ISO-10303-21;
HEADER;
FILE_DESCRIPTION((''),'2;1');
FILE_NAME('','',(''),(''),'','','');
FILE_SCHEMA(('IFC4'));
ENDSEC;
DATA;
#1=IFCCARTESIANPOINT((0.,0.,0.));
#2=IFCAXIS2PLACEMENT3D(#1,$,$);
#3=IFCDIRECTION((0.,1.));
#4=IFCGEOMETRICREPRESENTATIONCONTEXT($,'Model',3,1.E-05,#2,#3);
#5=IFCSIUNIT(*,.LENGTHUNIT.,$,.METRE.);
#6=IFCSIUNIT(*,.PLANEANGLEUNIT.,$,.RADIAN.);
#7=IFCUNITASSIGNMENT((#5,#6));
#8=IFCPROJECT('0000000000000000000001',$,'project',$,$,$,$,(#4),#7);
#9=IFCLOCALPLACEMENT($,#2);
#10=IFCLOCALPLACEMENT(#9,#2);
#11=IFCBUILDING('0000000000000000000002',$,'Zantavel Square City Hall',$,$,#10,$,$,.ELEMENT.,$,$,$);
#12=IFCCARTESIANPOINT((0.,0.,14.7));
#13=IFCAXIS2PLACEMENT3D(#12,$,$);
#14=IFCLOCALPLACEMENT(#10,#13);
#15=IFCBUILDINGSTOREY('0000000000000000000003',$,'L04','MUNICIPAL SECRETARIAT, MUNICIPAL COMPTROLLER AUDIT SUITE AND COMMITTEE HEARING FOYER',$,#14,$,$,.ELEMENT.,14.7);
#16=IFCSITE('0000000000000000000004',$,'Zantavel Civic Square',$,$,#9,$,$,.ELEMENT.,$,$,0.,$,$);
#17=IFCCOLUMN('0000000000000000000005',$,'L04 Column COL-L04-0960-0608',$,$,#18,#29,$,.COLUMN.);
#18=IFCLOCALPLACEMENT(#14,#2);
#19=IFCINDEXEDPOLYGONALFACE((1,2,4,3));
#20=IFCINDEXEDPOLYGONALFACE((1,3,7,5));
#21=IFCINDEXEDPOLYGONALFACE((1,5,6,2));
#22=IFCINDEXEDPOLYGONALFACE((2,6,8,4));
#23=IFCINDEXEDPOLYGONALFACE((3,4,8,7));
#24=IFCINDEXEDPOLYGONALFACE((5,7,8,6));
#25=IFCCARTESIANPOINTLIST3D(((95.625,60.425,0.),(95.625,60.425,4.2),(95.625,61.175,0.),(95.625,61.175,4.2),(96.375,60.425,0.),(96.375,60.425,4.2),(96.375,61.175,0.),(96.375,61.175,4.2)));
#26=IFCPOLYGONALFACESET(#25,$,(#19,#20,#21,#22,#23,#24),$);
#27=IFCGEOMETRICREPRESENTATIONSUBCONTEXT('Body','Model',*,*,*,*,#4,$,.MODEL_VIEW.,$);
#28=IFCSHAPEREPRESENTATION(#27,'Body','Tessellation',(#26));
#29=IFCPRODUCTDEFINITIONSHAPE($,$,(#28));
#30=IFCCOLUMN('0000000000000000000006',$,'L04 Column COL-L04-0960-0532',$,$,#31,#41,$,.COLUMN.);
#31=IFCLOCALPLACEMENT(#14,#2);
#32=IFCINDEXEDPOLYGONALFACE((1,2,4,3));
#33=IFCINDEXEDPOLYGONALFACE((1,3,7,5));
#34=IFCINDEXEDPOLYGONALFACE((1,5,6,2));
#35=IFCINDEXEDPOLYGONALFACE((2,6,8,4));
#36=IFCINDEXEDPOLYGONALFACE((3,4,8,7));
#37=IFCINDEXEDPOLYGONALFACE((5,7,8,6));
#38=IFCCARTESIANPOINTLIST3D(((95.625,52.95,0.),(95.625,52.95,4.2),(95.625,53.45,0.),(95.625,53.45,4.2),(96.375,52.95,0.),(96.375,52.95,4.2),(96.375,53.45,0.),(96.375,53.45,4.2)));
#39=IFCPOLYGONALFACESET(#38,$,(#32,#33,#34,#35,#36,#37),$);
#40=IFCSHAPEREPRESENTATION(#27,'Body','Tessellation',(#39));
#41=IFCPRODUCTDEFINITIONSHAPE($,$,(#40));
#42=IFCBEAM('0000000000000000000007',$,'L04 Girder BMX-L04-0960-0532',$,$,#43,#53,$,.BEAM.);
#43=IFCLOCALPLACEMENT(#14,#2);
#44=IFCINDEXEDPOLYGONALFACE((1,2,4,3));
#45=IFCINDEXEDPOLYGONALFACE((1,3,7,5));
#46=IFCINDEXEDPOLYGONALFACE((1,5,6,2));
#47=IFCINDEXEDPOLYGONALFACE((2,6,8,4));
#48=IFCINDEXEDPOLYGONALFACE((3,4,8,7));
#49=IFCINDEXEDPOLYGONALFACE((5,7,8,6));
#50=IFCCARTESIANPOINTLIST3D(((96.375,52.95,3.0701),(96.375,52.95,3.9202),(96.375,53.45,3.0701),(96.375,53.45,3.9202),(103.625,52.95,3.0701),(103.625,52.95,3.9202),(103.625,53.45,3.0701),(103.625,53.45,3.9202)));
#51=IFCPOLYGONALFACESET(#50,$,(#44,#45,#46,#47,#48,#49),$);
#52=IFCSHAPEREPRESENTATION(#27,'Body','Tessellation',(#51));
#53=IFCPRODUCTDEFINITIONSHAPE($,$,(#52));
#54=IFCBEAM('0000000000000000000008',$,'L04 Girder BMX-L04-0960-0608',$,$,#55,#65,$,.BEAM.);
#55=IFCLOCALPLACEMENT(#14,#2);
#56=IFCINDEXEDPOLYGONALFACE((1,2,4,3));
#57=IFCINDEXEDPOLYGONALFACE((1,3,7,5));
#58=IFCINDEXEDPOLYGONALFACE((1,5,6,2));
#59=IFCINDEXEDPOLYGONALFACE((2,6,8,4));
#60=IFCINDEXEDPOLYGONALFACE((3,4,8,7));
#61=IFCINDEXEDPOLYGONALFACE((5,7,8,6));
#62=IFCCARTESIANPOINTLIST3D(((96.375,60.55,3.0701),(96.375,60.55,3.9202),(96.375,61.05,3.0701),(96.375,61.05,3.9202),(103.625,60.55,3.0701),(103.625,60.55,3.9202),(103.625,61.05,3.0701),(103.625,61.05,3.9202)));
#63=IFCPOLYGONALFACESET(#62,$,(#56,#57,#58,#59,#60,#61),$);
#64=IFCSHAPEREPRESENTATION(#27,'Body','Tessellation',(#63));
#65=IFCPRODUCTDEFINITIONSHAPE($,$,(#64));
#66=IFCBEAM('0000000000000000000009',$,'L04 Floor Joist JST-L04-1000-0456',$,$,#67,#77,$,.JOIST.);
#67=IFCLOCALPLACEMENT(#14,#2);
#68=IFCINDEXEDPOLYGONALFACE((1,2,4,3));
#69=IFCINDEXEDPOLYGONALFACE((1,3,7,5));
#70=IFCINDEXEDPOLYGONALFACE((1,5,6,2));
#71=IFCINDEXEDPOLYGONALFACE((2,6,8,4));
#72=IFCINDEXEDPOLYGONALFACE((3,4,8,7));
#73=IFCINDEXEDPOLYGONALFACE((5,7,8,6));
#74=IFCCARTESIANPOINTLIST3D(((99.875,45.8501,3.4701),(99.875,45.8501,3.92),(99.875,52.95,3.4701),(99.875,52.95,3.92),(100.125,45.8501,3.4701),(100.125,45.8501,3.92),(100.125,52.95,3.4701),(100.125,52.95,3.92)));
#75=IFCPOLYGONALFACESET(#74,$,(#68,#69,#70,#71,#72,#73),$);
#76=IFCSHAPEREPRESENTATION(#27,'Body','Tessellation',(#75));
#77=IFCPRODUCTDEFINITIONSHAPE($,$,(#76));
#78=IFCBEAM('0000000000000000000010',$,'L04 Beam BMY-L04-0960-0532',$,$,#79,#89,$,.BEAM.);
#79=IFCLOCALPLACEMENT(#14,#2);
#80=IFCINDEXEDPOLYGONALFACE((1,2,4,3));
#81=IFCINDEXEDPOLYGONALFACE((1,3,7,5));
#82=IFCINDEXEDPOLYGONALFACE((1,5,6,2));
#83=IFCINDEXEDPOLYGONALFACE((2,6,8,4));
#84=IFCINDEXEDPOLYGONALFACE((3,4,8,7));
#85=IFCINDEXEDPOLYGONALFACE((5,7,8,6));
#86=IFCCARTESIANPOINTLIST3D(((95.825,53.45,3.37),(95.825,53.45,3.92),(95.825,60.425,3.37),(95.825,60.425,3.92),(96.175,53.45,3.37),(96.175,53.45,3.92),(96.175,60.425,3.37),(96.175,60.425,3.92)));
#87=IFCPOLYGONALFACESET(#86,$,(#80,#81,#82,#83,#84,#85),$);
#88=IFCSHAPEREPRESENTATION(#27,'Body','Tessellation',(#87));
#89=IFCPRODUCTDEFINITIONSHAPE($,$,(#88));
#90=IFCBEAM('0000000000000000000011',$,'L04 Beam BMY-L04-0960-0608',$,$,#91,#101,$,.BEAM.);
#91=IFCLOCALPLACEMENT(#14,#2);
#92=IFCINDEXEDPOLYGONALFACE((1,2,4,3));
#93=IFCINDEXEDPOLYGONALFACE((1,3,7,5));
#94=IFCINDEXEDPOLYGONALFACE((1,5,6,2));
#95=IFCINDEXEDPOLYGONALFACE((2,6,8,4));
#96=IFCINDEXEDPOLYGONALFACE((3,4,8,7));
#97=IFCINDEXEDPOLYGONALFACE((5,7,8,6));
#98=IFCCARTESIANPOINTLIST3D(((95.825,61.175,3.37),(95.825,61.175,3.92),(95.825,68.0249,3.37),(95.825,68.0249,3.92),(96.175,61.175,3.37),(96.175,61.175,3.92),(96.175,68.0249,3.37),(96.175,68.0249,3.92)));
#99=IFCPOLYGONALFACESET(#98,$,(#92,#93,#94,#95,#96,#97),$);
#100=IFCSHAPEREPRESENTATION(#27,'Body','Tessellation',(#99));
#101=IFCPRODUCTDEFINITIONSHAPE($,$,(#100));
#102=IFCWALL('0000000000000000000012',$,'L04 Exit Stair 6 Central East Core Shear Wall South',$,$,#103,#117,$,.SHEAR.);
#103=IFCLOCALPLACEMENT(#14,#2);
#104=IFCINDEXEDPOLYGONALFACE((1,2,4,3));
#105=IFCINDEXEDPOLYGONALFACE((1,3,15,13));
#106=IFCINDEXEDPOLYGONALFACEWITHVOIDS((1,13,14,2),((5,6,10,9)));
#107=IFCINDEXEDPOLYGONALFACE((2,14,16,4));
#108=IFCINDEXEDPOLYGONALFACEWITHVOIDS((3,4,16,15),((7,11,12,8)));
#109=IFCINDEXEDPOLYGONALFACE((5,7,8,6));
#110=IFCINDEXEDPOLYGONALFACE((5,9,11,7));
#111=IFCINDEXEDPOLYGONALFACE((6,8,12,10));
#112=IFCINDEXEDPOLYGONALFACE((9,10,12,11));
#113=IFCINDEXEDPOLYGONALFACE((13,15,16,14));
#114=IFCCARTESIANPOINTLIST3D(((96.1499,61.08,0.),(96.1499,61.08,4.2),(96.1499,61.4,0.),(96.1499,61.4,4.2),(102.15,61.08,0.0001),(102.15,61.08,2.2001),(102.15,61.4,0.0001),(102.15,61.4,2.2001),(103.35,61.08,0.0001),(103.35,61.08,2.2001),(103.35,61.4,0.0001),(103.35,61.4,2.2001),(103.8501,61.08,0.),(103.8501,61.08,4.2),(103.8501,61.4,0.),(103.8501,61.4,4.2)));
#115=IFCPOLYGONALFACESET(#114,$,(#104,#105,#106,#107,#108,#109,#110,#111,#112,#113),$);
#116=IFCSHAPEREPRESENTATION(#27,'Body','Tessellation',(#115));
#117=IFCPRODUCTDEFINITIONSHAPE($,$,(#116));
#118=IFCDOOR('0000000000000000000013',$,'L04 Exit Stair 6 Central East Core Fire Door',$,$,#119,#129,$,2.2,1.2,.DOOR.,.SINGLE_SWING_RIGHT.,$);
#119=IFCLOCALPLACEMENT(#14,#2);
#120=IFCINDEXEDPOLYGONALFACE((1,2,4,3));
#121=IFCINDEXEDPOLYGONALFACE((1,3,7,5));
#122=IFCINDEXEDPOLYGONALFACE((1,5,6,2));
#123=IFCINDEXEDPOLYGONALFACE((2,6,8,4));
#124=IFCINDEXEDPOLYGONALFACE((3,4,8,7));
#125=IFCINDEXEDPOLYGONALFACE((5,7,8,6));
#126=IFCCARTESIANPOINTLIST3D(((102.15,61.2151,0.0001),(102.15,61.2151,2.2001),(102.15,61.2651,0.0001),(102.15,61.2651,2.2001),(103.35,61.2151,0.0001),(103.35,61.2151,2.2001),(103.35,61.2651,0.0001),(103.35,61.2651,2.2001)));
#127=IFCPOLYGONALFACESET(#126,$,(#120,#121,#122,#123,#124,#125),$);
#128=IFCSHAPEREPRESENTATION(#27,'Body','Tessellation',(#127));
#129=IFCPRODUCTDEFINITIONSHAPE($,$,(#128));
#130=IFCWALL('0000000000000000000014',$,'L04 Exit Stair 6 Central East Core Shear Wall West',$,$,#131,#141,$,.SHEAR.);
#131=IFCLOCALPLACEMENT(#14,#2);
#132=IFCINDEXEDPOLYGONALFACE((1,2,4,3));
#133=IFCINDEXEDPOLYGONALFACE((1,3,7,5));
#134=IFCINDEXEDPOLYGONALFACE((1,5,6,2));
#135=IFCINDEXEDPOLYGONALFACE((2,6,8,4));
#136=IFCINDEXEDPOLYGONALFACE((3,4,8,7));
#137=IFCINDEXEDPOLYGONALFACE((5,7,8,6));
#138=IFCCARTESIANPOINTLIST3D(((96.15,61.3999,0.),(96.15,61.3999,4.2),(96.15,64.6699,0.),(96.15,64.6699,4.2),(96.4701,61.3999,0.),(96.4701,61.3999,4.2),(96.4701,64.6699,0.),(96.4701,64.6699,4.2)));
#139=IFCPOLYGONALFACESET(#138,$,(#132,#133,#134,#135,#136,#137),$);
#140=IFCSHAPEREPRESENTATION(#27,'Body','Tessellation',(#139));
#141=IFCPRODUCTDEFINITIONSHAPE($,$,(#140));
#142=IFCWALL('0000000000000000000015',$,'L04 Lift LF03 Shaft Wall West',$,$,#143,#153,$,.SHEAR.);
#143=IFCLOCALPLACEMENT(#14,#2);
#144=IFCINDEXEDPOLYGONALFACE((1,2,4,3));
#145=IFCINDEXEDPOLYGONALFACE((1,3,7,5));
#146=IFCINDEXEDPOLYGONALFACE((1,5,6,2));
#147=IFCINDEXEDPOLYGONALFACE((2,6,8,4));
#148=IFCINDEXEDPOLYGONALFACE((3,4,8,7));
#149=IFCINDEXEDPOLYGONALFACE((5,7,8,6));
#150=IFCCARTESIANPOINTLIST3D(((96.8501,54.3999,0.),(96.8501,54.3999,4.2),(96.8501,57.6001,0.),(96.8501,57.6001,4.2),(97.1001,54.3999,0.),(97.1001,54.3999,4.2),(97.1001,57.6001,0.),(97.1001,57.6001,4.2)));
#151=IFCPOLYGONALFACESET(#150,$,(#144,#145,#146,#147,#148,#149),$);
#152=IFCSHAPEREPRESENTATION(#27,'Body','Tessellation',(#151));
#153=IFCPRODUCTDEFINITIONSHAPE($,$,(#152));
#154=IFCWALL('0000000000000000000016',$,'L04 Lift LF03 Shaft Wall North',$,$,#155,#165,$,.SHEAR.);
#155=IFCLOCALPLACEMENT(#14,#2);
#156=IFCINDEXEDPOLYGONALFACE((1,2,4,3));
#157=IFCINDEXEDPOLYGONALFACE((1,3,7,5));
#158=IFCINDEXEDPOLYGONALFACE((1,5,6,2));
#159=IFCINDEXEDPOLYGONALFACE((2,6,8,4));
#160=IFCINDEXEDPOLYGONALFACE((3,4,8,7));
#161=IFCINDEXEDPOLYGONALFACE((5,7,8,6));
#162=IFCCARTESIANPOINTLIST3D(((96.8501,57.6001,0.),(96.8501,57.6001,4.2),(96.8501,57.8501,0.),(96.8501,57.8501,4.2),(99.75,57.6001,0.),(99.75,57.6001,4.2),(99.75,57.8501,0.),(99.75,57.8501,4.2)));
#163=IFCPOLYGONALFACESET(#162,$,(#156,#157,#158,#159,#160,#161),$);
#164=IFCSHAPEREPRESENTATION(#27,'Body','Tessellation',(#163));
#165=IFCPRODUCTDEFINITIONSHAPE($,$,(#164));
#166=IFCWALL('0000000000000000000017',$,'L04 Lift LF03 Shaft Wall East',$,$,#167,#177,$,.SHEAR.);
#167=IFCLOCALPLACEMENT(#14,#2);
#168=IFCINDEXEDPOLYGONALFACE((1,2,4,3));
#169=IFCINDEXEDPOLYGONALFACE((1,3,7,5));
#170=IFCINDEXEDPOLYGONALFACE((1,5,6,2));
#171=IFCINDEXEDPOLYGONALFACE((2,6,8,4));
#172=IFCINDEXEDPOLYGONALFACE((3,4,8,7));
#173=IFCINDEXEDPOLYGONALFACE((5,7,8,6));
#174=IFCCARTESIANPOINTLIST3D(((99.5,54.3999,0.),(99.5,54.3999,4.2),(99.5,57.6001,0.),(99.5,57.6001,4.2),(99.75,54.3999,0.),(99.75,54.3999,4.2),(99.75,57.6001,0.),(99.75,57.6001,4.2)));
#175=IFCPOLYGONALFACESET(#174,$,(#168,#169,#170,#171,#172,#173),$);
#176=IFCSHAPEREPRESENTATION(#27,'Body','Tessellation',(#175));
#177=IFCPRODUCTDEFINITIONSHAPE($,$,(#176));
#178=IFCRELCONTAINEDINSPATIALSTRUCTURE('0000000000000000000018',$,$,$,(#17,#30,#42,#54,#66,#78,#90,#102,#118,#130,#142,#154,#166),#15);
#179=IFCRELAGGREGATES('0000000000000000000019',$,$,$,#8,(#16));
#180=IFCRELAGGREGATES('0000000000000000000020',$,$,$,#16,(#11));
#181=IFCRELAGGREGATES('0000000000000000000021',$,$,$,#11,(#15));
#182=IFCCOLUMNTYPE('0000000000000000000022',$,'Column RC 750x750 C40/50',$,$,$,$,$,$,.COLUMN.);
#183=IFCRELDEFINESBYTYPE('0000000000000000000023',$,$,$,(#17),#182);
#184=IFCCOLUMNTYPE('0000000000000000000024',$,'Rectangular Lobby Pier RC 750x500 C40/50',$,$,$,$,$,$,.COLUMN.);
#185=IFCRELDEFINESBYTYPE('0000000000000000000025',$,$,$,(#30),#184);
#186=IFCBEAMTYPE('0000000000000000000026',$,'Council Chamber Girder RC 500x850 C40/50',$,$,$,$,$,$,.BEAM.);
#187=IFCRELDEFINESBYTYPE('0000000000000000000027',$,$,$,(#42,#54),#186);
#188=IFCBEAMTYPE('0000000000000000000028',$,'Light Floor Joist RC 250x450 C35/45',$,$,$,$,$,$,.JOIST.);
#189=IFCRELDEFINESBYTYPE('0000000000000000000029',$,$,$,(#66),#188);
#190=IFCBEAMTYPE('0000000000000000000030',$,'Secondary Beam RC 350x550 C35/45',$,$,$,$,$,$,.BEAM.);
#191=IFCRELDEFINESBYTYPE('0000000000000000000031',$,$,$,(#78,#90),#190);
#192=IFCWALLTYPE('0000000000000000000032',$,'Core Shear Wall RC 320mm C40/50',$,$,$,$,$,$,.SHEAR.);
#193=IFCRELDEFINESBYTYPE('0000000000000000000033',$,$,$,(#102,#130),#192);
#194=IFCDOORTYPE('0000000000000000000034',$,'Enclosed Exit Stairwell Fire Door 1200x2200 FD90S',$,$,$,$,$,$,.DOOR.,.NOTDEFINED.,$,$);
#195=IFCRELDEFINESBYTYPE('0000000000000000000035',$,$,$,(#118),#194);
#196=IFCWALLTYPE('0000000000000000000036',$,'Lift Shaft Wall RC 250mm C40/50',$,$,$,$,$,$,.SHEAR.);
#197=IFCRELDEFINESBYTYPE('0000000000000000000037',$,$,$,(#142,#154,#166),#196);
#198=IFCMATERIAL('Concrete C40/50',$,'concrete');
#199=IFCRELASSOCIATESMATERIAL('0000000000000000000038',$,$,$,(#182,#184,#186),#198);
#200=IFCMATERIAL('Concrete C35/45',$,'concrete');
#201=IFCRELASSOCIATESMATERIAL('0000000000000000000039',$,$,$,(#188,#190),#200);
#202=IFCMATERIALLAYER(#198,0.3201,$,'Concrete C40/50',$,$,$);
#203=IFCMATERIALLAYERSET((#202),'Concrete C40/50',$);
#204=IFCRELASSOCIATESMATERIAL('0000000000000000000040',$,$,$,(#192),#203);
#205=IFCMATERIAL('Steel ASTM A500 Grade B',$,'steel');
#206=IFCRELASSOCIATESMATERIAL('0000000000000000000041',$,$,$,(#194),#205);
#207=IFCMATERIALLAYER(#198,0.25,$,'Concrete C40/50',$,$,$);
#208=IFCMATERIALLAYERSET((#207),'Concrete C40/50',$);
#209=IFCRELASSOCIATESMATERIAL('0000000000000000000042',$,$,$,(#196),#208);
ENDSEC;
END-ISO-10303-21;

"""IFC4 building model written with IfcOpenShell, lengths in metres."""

from ifc_helpers import new_model, si_unit, direction, frame, frame_2d, origin, origin_2d, place, context, subcontext, project, spatial, rectangle, extrude, material, layer, layer_set, material_profile, profile_set, type_object, element, fill, save


model = new_model("IFC4")

# Units and contexts
model_context = context("Model", 3, precision=1e-05, world=origin(), true_north=direction((0.0, 1.0)))
body_context = subcontext(model_context, "Body", "Model", "MODEL_VIEW")
ifc_project = project(units=[si_unit("LENGTHUNIT", "METRE"), si_unit("PLANEANGLEUNIT", "RADIAN")], contexts=[model_context])

# Site, building, storey
site_placement = place(None, origin())
site = spatial("IfcSite", under=ifc_project, at=site_placement, Name="Zantavel Civic Square", CompositionType="ELEMENT", RefElevation=0.0)
building_placement = place(site_placement, origin())
building = spatial("IfcBuilding", under=site, at=building_placement, Name="Zantavel Square City Hall", CompositionType="ELEMENT")
storey_placement = place(building_placement, frame((0.0, 0.0, 14.7)))
storey = spatial("IfcBuildingStorey", under=building, at=storey_placement, Name="L04", Description="MUNICIPAL SECRETARIAT, MUNICIPAL COMPTROLLER AUDIT SUITE AND COMMITTEE HEARING FOYER", CompositionType="ELEMENT", Elevation=14.7)

# Columns
ifc_material_1 = material(Name="Concrete C40/50", Category="concrete")
ifc_material_profile_1 = material_profile(ifc_material_1, rectangle(XDim=0.75, YDim=0.75, at=origin_2d()), Name="RC 750x750")
ifc_profile_set_1 = profile_set([ifc_material_profile_1], Name="Concrete C40/50")
column_type_1 = type_object("IfcColumnType", Name="Column RC 750x750 C40/50", PredefinedType="COLUMN", material=ifc_profile_set_1)
column_1_placement = place(storey_placement, frame((96.0, 60.8, 0.0), z_axis=(0.0, 0.0, 1.0), x_axis=(1.0, 0.0, 0.0)))
element("IfcColumn", 1, at=column_1_placement, inside=storey, type_object=column_type_1, Name="L04 Column COL-L04-0960-0608", PredefinedType="COLUMN", context=body_context, shape_type="SweptSolid", body=[
    extrude(rectangle(XDim=0.75, YDim=0.75, at=origin_2d()), origin(), (0.0, 0.0, 1.0), 4.2),
])
ifc_material_profile_2 = material_profile(ifc_material_1, rectangle(XDim=0.75, YDim=0.5, at=origin_2d()), Name="RC 750x500")
ifc_profile_set_2 = profile_set([ifc_material_profile_2], Name="Concrete C40/50")
column_type_2 = type_object("IfcColumnType", Name="Rectangular Lobby Pier RC 750x500 C40/50", PredefinedType="COLUMN", material=ifc_profile_set_2)
column_2_placement = place(storey_placement, frame((96.0, 53.2, 0.0), z_axis=(0.0, 0.0, 1.0), x_axis=(1.0, 0.0, 0.0)))
element("IfcColumn", 2, at=column_2_placement, inside=storey, type_object=column_type_2, Name="L04 Column COL-L04-0960-0532", PredefinedType="COLUMN", context=body_context, shape_type="SweptSolid", body=[
    extrude(rectangle(XDim=0.75, YDim=0.5, at=origin_2d()), origin(), (0.0, 0.0, 1.0), 4.2),
])

# Beams
ifc_material_profile_3 = material_profile(ifc_material_1, rectangle(XDim=0.5, YDim=0.8501, at=origin_2d()), Name="RC 500x850")
ifc_profile_set_3 = profile_set([ifc_material_profile_3], Name="Concrete C40/50")
beam_type_1 = type_object("IfcBeamType", Name="Council Chamber Girder RC 500x850 C40/50", PredefinedType="BEAM", material=ifc_profile_set_3)
for number, where, z_axis, x_axis, name in (
    (3, (96.375, 53.2, 3.4951), (1.0, 0.0, 0.0), (0.0, 1.0, 0.0), "L04 Girder BMX-L04-0960-0532"),
    (4, (96.375, 60.8, 3.4951), (1.0, 0.0, 0.0), (0.0, 1.0, 0.0), "L04 Girder BMX-L04-0960-0608"),
):
    element("IfcBeam", number, at=place(storey_placement, frame(where, z_axis=z_axis, x_axis=x_axis)), inside=storey, type_object=beam_type_1, Name=name, PredefinedType="BEAM", context=body_context, shape_type="SweptSolid", body=[
        extrude(rectangle(XDim=0.5, YDim=0.8501, at=origin_2d()), origin(), (0.0, 0.0, 1.0), 7.25),
    ])
ifc_material_2 = material(Name="Concrete C35/45", Category="concrete")
ifc_material_profile_4 = material_profile(ifc_material_2, rectangle(XDim=0.25, YDim=0.45, at=origin_2d()), Name="RC 250x450")
ifc_profile_set_4 = profile_set([ifc_material_profile_4], Name="Concrete C35/45")
beam_type_2 = type_object("IfcBeamType", Name="Light Floor Joist RC 250x450 C35/45", PredefinedType="JOIST", material=ifc_profile_set_4)
beam_1_placement = place(storey_placement, frame((100.0, 45.8501, 3.6951), z_axis=(0.0, 1.0, 0.0), x_axis=(-1.0, 0.0, 0.0)))
element("IfcBeam", 5, at=beam_1_placement, inside=storey, type_object=beam_type_2, Name="L04 Floor Joist JST-L04-1000-0456", PredefinedType="JOIST", context=body_context, shape_type="SweptSolid", body=[
    extrude(rectangle(XDim=0.25, YDim=0.45, at=origin_2d()), origin(), (0.0, 0.0, 1.0), 7.0999),
])
ifc_material_profile_5 = material_profile(ifc_material_2, rectangle(XDim=0.3501, YDim=0.55, at=origin_2d()), Name="RC 350x550")
ifc_profile_set_5 = profile_set([ifc_material_profile_5], Name="Concrete C35/45")
beam_type_3 = type_object("IfcBeamType", Name="Secondary Beam RC 350x550 C35/45", PredefinedType="BEAM", material=ifc_profile_set_5)
beam_2_placement = place(storey_placement, frame((96.0, 53.45, 3.645), z_axis=(0.0, 1.0, 0.0), x_axis=(-1.0, 0.0, 0.0)))
element("IfcBeam", 6, at=beam_2_placement, inside=storey, type_object=beam_type_3, Name="L04 Beam BMY-L04-0960-0532", PredefinedType="BEAM", context=body_context, shape_type="SweptSolid", body=[
    extrude(rectangle(XDim=0.3501, YDim=0.55, at=origin_2d()), origin(), (0.0, 0.0, 1.0), 6.9751),
])
beam_3_placement = place(storey_placement, frame((96.0, 61.175, 3.645), z_axis=(0.0, 1.0, 0.0), x_axis=(-1.0, 0.0, 0.0)))
element("IfcBeam", 7, at=beam_3_placement, inside=storey, type_object=beam_type_3, Name="L04 Beam BMY-L04-0960-0608", PredefinedType="BEAM", context=body_context, shape_type="SweptSolid", body=[
    extrude(rectangle(XDim=0.3501, YDim=0.55, at=origin_2d()), origin(), (0.0, 0.0, 1.0), 6.8499),
])

# Wall, opening, door
ifc_layer_1 = layer(ifc_material_1, 0.3201, Name="Concrete C40/50")
ifc_layer_set_1 = layer_set([ifc_layer_1], Name="Concrete C40/50")
wall_type_1 = type_object("IfcWallType", Name="Core Shear Wall RC 320mm C40/50", PredefinedType="SHEAR", material=ifc_layer_set_1)
wall_1_placement = place(storey_placement, frame((103.8501, 61.24, 0.0), z_axis=(0.0, 0.0, 1.0), x_axis=(-1.0, 0.0, 0.0)))
wall_1 = element("IfcWall", 8, at=wall_1_placement, inside=storey, type_object=wall_type_1, Name="L04 Exit Stair 6 Central East Core Shear Wall South", PredefinedType="SHEAR", context=body_context, shape_type="SweptSolid", body=[
    extrude(rectangle(XDim=7.7002, YDim=0.3201, at=frame_2d((3.8501, 0.0))), origin(), (0.0, 0.0, 1.0), 4.2),
])
opening_1_placement = place(wall_1_placement, frame((0.5, 0.0, 0.0)))
opening_1 = element("IfcOpeningElement", 9, at=opening_1_placement, cuts=wall_1, PredefinedType="OPENING", context=body_context, shape_type="SweptSolid", body=[
    extrude(rectangle(XDim=1.2, YDim=2.2, at=frame_2d((0.6001, 1.1001))), frame((0.0, 0.1699, 0.0), z_axis=(0.0, -1.0, 0.0), x_axis=(1.0, 0.0, 0.0)), (0.0, 0.0, 1.0), 0.3401),
])
ifc_material_3 = material(Name="Steel ASTM A500 Grade B", Category="steel")
door_type_1 = type_object("IfcDoorType", Name="Enclosed Exit Stairwell Fire Door 1200x2200 FD90S", OperationType="NOTDEFINED", PredefinedType="DOOR", material=ifc_material_3)
door_1_placement = place(opening_1_placement, origin())
door_1 = element("IfcDoor", 10, at=door_1_placement, inside=storey, type_object=door_type_1, Name="L04 Exit Stair 6 Central East Core Fire Door", OperationType="SINGLE_SWING_RIGHT", OverallHeight=2.2, OverallWidth=1.2, PredefinedType="DOOR", context=body_context, shape_type="SweptSolid", body=[
    extrude(rectangle(XDim=1.2, YDim=2.2, at=frame_2d((0.6001, 1.1001))), frame((0.0, 0.0249, 0.0), z_axis=(0.0, -1.0, 0.0), x_axis=(1.0, 0.0, 0.0)), (0.0, 0.0, 1.0), 0.05),
])
fill(opening_1, door_1)

# Wall
wall_2_placement = place(storey_placement, frame((96.3101, 61.3999, 0.0), z_axis=(0.0, 0.0, 1.0), x_axis=(0.0, 1.0, 0.0)))
element("IfcWall", 11, at=wall_2_placement, inside=storey, type_object=wall_type_1, Name="L04 Exit Stair 6 Central East Core Shear Wall West", PredefinedType="SHEAR", context=body_context, shape_type="SweptSolid", body=[
    extrude(rectangle(XDim=3.27, YDim=0.3201, at=frame_2d((1.635, 0.0))), origin(), (0.0, 0.0, 1.0), 4.2),
])

# Shared definitions
ifc_layer_2 = layer(ifc_material_1, 0.25, Name="Concrete C40/50")
ifc_layer_set_2 = layer_set([ifc_layer_2], Name="Concrete C40/50")
wall_type_2 = type_object("IfcWallType", Name="Lift Shaft Wall RC 250mm C40/50", PredefinedType="SHEAR", material=ifc_layer_set_2)

# Walls
wall_3_placement = place(storey_placement, frame((96.9751, 54.3999, 0.0), z_axis=(0.0, 0.0, 1.0), x_axis=(0.0, 1.0, 0.0)))
element("IfcWall", 12, at=wall_3_placement, inside=storey, type_object=wall_type_2, Name="L04 Lift LF03 Shaft Wall West", PredefinedType="SHEAR", context=body_context, shape_type="SweptSolid", body=[
    extrude(rectangle(XDim=3.2002, YDim=0.25, at=frame_2d((1.6001, 0.0))), origin(), (0.0, 0.0, 1.0), 4.2),
])
wall_4_placement = place(storey_placement, frame((96.8501, 57.7251, 0.0), z_axis=(0.0, 0.0, 1.0), x_axis=(1.0, 0.0, 0.0)))
element("IfcWall", 13, at=wall_4_placement, inside=storey, type_object=wall_type_2, Name="L04 Lift LF03 Shaft Wall North", PredefinedType="SHEAR", context=body_context, shape_type="SweptSolid", body=[
    extrude(rectangle(XDim=2.8999, YDim=0.25, at=frame_2d((1.45, 0.0))), origin(), (0.0, 0.0, 1.0), 4.2),
])
wall_5_placement = place(storey_placement, frame((99.625, 57.6001, 0.0), z_axis=(0.0, 0.0, 1.0), x_axis=(0.0, -1.0, 0.0)))
element("IfcWall", 14, at=wall_5_placement, inside=storey, type_object=wall_type_2, Name="L04 Lift LF03 Shaft Wall East", PredefinedType="SHEAR", context=body_context, shape_type="SweptSolid", body=[
    extrude(rectangle(XDim=3.2002, YDim=0.25, at=frame_2d((1.6001, 0.0))), origin(), (0.0, 0.0, 1.0), 4.2),
])

save(model, "model.ifc")
